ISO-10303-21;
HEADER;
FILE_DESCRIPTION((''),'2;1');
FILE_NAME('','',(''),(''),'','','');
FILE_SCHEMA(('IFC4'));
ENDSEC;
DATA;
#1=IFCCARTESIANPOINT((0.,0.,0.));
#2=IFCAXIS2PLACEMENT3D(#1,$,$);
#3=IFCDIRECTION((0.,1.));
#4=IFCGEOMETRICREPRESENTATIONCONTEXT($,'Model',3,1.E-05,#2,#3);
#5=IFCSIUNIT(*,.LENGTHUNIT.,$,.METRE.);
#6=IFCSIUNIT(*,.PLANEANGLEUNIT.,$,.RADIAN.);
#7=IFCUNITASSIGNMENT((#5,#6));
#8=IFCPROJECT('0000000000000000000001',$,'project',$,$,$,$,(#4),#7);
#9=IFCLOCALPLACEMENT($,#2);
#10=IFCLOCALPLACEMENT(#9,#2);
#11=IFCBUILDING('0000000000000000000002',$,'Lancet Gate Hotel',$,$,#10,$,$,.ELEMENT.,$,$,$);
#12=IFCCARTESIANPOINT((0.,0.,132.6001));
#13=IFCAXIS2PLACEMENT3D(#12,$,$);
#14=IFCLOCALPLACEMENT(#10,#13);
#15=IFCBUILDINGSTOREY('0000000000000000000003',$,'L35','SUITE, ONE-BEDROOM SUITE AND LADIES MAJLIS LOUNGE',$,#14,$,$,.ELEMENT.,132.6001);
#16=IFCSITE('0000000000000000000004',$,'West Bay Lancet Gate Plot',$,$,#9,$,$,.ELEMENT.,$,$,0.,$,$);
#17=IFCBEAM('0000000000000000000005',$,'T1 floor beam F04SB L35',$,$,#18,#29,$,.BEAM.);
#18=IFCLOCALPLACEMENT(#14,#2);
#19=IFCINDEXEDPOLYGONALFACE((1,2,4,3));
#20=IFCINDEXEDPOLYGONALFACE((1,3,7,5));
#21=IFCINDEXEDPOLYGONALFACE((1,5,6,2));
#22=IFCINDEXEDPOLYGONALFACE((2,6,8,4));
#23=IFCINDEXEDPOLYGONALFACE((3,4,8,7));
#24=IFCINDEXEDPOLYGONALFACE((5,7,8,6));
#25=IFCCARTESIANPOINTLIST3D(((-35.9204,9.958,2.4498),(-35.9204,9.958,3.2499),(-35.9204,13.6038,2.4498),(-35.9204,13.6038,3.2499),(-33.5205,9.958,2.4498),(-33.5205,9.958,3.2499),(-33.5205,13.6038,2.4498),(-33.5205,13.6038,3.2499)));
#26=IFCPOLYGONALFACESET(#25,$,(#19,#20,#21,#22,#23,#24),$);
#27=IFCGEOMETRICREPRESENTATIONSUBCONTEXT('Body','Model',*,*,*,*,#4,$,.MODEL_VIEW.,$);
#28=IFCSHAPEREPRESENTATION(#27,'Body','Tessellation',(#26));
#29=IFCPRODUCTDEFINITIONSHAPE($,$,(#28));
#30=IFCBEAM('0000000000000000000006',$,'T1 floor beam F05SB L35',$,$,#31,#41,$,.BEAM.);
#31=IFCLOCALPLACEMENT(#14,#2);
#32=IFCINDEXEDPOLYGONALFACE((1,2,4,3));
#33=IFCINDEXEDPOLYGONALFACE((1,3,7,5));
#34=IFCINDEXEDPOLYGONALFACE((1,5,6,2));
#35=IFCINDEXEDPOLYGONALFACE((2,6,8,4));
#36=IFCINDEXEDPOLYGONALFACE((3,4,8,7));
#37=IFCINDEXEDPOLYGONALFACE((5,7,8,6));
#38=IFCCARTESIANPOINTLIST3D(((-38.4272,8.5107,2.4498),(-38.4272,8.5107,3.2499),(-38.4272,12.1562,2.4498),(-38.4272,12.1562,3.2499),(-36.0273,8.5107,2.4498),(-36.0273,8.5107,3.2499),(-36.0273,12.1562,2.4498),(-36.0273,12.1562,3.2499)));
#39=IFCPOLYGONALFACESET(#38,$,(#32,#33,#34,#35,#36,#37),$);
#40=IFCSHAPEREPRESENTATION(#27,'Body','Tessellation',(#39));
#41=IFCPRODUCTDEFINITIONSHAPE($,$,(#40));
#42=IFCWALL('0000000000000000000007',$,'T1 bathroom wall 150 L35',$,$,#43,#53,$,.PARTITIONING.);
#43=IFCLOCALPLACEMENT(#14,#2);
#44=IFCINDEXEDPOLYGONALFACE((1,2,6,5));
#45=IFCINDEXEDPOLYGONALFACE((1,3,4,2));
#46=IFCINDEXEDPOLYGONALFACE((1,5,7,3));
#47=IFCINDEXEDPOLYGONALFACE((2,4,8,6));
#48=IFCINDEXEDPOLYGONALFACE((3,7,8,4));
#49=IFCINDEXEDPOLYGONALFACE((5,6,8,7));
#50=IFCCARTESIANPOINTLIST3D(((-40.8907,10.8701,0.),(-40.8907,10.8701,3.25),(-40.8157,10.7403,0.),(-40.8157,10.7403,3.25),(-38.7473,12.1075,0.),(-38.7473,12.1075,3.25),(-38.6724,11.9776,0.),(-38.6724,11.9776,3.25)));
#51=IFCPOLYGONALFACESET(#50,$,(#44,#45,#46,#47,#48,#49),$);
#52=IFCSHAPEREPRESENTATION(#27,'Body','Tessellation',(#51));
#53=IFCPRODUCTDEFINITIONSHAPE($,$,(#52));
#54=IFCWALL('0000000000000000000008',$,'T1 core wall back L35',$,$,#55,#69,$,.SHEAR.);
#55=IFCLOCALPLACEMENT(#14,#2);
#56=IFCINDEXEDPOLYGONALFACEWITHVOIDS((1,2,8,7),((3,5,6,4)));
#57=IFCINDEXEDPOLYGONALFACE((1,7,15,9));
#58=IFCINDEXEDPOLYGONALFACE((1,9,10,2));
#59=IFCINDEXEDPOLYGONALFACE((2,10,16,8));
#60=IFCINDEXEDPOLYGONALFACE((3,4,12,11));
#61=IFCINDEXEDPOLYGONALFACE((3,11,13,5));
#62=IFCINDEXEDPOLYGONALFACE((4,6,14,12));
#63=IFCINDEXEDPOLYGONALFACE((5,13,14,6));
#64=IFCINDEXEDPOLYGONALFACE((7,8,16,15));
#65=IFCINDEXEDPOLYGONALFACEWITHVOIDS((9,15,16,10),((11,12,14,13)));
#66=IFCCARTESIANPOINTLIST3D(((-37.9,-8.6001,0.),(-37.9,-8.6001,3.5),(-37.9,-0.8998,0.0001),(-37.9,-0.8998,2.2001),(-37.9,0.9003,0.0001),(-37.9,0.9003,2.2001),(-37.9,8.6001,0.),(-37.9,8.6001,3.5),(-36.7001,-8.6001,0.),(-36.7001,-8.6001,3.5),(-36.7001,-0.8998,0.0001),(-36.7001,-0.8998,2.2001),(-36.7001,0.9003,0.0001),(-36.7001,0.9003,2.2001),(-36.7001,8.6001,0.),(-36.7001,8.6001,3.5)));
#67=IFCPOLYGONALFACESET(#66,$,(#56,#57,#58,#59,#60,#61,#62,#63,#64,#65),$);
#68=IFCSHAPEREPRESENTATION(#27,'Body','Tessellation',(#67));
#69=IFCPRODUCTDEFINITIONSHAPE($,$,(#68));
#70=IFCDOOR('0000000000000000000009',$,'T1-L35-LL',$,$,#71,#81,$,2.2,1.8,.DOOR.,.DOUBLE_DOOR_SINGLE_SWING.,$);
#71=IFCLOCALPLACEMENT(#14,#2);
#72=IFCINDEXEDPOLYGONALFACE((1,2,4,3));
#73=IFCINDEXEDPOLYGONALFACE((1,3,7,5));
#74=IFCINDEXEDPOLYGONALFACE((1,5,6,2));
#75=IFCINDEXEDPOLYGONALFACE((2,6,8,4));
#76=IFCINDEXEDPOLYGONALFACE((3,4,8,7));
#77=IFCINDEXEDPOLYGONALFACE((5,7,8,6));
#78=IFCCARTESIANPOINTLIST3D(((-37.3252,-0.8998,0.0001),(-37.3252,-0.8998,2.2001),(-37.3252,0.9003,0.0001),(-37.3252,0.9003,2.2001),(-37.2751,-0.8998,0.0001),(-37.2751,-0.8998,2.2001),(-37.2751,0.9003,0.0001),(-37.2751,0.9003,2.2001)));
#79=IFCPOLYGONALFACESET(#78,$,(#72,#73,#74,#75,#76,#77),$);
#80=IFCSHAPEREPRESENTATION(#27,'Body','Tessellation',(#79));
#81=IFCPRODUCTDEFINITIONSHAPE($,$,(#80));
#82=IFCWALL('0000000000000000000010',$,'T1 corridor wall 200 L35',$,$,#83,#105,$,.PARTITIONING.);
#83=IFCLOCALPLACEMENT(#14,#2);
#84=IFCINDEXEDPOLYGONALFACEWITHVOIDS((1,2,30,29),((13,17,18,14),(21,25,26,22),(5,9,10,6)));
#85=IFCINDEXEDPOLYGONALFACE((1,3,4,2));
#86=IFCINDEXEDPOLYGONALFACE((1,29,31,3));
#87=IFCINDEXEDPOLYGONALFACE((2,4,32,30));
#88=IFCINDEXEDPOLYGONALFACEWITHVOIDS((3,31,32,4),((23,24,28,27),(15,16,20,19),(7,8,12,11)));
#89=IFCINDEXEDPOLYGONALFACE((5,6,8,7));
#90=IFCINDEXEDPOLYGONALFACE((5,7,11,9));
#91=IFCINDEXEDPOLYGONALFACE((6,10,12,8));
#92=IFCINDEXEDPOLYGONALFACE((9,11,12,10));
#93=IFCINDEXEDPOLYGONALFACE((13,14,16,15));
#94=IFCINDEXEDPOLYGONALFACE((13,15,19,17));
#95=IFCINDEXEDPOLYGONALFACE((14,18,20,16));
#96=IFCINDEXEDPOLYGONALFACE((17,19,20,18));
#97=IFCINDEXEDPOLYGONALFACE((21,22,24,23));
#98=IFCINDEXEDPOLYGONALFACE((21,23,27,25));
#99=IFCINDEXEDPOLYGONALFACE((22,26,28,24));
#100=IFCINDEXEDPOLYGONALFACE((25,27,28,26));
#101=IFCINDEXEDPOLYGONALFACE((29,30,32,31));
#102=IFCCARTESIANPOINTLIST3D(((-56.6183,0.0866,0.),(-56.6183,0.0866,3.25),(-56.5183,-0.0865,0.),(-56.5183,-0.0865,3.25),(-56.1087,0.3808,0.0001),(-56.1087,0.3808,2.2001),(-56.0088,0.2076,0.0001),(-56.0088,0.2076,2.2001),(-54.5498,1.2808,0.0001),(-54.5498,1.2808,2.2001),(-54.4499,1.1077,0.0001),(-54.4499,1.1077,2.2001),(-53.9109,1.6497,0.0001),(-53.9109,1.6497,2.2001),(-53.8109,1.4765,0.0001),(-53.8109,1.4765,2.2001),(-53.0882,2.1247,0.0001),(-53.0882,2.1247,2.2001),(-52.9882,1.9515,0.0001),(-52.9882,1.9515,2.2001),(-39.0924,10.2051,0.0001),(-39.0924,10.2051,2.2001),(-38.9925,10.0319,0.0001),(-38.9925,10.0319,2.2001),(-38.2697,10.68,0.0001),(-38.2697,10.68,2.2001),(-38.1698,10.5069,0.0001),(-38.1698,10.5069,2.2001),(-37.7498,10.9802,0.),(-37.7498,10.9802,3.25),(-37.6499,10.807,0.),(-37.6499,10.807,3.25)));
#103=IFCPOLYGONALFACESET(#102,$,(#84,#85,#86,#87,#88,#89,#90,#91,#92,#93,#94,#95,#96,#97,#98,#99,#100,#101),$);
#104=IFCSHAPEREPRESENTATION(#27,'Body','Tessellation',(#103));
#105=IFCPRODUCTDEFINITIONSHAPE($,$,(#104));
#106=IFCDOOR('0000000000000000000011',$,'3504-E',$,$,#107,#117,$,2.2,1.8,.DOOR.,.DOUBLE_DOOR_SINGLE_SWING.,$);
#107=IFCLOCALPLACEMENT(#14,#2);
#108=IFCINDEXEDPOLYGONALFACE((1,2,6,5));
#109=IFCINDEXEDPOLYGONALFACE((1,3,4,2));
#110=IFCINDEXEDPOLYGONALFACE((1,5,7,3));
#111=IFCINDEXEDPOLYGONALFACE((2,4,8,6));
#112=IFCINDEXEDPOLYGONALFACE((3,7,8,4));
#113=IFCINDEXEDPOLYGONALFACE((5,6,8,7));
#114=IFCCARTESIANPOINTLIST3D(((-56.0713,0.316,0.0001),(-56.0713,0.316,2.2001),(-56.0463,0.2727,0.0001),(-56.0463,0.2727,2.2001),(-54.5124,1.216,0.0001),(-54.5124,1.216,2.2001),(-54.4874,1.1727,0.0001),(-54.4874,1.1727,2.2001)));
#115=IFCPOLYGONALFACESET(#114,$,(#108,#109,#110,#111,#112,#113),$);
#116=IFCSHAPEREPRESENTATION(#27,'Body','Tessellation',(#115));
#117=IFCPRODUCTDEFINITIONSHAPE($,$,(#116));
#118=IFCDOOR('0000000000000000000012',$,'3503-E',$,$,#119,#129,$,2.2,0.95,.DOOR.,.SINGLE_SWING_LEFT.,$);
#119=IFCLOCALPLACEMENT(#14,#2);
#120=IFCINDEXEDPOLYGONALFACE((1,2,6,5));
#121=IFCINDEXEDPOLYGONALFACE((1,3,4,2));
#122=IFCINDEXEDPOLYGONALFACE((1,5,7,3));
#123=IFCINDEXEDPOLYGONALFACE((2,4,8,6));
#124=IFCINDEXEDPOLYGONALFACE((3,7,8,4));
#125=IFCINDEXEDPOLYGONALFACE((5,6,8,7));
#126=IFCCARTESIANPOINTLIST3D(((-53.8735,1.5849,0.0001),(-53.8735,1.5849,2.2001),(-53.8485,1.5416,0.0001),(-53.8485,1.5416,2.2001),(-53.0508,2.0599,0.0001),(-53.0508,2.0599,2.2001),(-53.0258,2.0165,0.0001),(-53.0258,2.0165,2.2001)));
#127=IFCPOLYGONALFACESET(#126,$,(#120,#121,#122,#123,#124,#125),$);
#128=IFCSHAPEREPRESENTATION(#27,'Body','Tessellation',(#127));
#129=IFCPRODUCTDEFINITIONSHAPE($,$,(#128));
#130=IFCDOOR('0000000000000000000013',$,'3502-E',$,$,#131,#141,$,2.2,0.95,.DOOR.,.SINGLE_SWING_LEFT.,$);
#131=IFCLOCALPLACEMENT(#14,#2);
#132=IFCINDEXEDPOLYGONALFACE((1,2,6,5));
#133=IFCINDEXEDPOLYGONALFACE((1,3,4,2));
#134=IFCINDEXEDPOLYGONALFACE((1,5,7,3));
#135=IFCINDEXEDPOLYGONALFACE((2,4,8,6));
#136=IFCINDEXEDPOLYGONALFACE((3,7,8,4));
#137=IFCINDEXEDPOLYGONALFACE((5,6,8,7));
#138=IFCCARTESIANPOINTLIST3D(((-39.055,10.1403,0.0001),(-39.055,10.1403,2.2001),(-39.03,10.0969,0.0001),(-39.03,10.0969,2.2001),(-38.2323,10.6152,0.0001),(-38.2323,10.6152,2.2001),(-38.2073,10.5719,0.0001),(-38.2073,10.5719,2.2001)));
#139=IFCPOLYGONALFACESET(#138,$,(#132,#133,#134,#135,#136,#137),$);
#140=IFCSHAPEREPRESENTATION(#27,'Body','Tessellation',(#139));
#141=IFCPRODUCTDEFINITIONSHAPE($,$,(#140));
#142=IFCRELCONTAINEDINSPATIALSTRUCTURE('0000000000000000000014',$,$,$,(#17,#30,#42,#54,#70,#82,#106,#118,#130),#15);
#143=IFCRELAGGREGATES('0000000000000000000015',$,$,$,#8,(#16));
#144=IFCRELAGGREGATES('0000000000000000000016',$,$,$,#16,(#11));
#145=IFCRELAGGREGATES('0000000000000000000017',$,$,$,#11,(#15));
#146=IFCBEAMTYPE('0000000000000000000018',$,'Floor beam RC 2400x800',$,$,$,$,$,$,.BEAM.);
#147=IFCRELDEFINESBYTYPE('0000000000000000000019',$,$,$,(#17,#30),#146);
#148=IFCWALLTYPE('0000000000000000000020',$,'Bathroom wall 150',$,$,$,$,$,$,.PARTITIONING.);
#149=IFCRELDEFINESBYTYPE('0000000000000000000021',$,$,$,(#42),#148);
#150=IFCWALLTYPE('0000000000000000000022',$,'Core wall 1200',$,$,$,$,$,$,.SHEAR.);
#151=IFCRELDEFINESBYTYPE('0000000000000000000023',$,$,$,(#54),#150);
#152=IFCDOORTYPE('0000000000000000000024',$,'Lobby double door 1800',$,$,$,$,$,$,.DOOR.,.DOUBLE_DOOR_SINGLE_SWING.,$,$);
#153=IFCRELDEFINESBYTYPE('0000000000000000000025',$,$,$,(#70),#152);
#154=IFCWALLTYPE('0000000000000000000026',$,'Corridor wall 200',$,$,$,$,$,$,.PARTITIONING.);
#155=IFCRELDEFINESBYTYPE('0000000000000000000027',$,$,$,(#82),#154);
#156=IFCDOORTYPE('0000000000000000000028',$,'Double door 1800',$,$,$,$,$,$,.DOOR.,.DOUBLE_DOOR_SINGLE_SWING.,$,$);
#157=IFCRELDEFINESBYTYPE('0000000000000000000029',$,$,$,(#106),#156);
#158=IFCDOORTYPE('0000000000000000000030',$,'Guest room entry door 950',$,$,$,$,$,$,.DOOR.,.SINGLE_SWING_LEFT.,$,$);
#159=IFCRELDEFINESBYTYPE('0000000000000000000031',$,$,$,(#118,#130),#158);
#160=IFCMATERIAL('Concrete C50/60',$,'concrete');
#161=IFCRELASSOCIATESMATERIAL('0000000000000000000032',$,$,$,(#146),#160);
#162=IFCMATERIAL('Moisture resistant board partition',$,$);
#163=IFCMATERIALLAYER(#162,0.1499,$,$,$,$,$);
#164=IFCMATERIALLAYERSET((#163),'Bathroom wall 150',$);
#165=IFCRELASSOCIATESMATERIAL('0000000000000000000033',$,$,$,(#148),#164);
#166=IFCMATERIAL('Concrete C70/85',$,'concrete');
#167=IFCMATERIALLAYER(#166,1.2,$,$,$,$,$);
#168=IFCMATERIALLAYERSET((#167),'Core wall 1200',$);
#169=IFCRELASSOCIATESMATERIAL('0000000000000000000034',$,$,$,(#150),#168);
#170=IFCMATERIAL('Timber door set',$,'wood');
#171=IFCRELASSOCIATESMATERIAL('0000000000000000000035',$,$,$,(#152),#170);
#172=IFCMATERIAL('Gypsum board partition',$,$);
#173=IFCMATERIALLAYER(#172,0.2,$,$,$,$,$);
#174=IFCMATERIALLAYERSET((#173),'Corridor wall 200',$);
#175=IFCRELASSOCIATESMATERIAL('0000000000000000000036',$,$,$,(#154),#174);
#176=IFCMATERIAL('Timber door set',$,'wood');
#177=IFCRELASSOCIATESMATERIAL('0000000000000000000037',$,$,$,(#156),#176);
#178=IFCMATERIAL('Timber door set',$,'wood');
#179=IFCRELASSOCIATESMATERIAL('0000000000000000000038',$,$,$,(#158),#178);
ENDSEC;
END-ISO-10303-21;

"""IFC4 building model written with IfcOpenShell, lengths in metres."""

from ifc_helpers import new_model, si_unit, direction, frame, frame_2d, origin, origin_2d, place, context, subcontext, project, spatial, rectangle, extrude, material, layer, layer_set, material_profile, profile_set, type_object, element, fill, save


model = new_model("IFC4")

# Units and contexts
model_context = context("Model", 3, precision=1e-05, world=origin(), true_north=direction((0.0, 1.0)))
body_context = subcontext(model_context, "Body", "Model", "MODEL_VIEW")
ifc_project = project(units=[si_unit("LENGTHUNIT", "METRE"), si_unit("PLANEANGLEUNIT", "RADIAN")], contexts=[model_context])

# Site, building, storey
site_placement = place(None, origin())
site = spatial("IfcSite", under=ifc_project, at=site_placement, Name="West Bay Lancet Gate Plot", CompositionType="ELEMENT", RefElevation=0.0)
building_placement = place(site_placement, origin())
building = spatial("IfcBuilding", under=site, at=building_placement, Name="Lancet Gate Hotel", CompositionType="ELEMENT")
storey_placement = place(building_placement, frame((0.0, 0.0, 132.6001)))
storey = spatial("IfcBuildingStorey", under=building, at=storey_placement, Name="L35", Description="SUITE, ONE-BEDROOM SUITE AND LADIES MAJLIS LOUNGE", CompositionType="ELEMENT", Elevation=132.6001)

# Beams
ifc_material_1 = material(Name="Concrete C50/60", Category="concrete")
ifc_material_profile = material_profile(ifc_material_1, rectangle(XDim=2.3999, YDim=0.8, at=origin_2d()), Name="RC 2400x800")
ifc_profile_set = profile_set([ifc_material_profile], Name="Concrete C50/60")
beam_type = type_object("IfcBeamType", Name="Floor beam RC 2400x800", PredefinedType="BEAM", material=ifc_profile_set)
beam_1_placement = place(storey_placement, frame((-34.7205, 13.6038, 2.8499), z_axis=(0.0, -1.0, 0.0), x_axis=(1.0, 0.0, 0.0)))
element("IfcBeam", 1, at=beam_1_placement, inside=storey, type_object=beam_type, Name="T1 floor beam F04SB L35", PredefinedType="BEAM", context=body_context, shape_type="SweptSolid", body=[
    extrude(rectangle(XDim=2.3999, YDim=0.8, at=origin_2d()), origin(), (0.0, 0.0, 1.0), 3.6458),
])
beam_2_placement = place(storey_placement, frame((-37.2273, 12.1562, 2.8499), z_axis=(0.0, -1.0, 0.0), x_axis=(1.0, 0.0, 0.0)))
element("IfcBeam", 2, at=beam_2_placement, inside=storey, type_object=beam_type, Name="T1 floor beam F05SB L35", PredefinedType="BEAM", context=body_context, shape_type="SweptSolid", body=[
    extrude(rectangle(XDim=2.3999, YDim=0.8, at=origin_2d()), origin(), (0.0, 0.0, 1.0), 3.6455),
])

# Wall
ifc_material_2 = material(Name="Moisture resistant board partition")
ifc_layer_1 = layer(ifc_material_2, 0.1499)
ifc_layer_set_1 = layer_set([ifc_layer_1], Name="Bathroom wall 150")
wall_type_1 = type_object("IfcWallType", Name="Bathroom wall 150", PredefinedType="PARTITIONING", material=ifc_layer_set_1)
wall_1_placement = place(storey_placement, frame((-38.71, 12.0425, 0.0), z_axis=(0.0, 0.0, 1.0), x_axis=(-0.866049, -0.499959, 0.0)))
element("IfcWall", 3, at=wall_1_placement, inside=storey, type_object=wall_type_1, Name="T1 bathroom wall 150 L35", PredefinedType="PARTITIONING", context=body_context, shape_type="SweptSolid", body=[
    extrude(rectangle(XDim=2.4749, YDim=0.1499, at=frame_2d((1.2373, 0.0))), origin(), (0.0, 0.0, 1.0), 3.25),
])

# Wall, opening, door
ifc_material_3 = material(Name="Concrete C70/85", Category="concrete")
ifc_layer_2 = layer(ifc_material_3, 1.2)
ifc_layer_set_2 = layer_set([ifc_layer_2], Name="Core wall 1200")
wall_type_2 = type_object("IfcWallType", Name="Core wall 1200", PredefinedType="SHEAR", material=ifc_layer_set_2)
wall_2_placement = place(storey_placement, frame((-37.3, 8.6001, 0.0), z_axis=(0.0, 0.0, 1.0), x_axis=(0.0, -1.0, 0.0)))
wall_2 = element("IfcWall", 4, at=wall_2_placement, inside=storey, type_object=wall_type_2, Name="T1 core wall back L35", PredefinedType="SHEAR", context=body_context, shape_type="SweptSolid", body=[
    extrude(rectangle(XDim=17.2002, YDim=1.2, at=frame_2d((8.6001, 0.0))), origin(), (0.0, 0.0, 1.0), 3.5),
])
opening_1_placement = place(wall_2_placement, frame((7.7, 0.0, 0.0)))
opening_1 = element("IfcOpeningElement", 5, at=opening_1_placement, cuts=wall_2, PredefinedType="OPENING", context=body_context, shape_type="SweptSolid", body=[
    extrude(rectangle(XDim=1.8, YDim=2.2, at=frame_2d((0.8999, 1.1001))), frame((0.0, 0.6099, 0.0), z_axis=(0.0, -1.0, 0.0), x_axis=(1.0, 0.0, 0.0)), (0.0, 0.0, 1.0), 1.22),
])
ifc_material_4 = material(Name="Timber door set", Category="wood")
door_type_1 = type_object("IfcDoorType", Name="Lobby double door 1800", OperationType="DOUBLE_DOOR_SINGLE_SWING", PredefinedType="DOOR", material=ifc_material_4)
door_1_placement = place(opening_1_placement, origin())
door_1 = element("IfcDoor", 6, at=door_1_placement, inside=storey, type_object=door_type_1, Name="T1-L35-LL", OperationType="DOUBLE_DOOR_SINGLE_SWING", OverallHeight=2.2, OverallWidth=1.8, PredefinedType="DOOR", context=body_context, shape_type="SweptSolid", body=[
    extrude(rectangle(XDim=1.8, YDim=2.2, at=frame_2d((0.8999, 1.1001))), frame((0.0, 0.0249, 0.0), z_axis=(0.0, -1.0, 0.0), x_axis=(1.0, 0.0, 0.0)), (0.0, 0.0, 1.0), 0.05),
])
fill(opening_1, door_1)

# Wall, openings, doors
ifc_material_5 = material(Name="Gypsum board partition")
ifc_layer_3 = layer(ifc_material_5, 0.2)
ifc_layer_set_3 = layer_set([ifc_layer_3], Name="Corridor wall 200")
wall_type_3 = type_object("IfcWallType", Name="Corridor wall 200", PredefinedType="PARTITIONING", material=ifc_layer_set_3)
wall_3_placement = place(storey_placement, frame((-37.7, 10.8936, 0.0), z_axis=(0.0, 0.0, 1.0), x_axis=(-0.866028, -0.499996, 0.0)))
wall_3 = element("IfcWall", 7, at=wall_3_placement, inside=storey, type_object=wall_type_3, Name="T1 corridor wall 200 L35", PredefinedType="PARTITIONING", context=body_context, shape_type="SweptSolid", body=[
    extrude(rectangle(XDim=21.7874, YDim=0.2, at=frame_2d((10.8936, 0.0))), origin(), (0.0, 0.0, 1.0), 3.25),
])
opening_2_placement = place(wall_3_placement, frame((17.7109, 0.0, 0.0)))
opening_2 = element("IfcOpeningElement", 8, at=opening_2_placement, cuts=wall_3, PredefinedType="OPENING", context=body_context, shape_type="SweptSolid", body=[
    extrude(rectangle(XDim=0.95, YDim=2.2, at=frame_2d((0.4751, 1.1001))), frame((0.0, 0.1099, 0.0), z_axis=(0.0, -1.0, 0.0), x_axis=(1.0, 0.0, 0.0)), (0.0, 0.0, 1.0), 0.22),
])
opening_3_placement = place(wall_3_placement, frame((19.3989, 0.0, 0.0)))
opening_3 = element("IfcOpeningElement", 9, at=opening_3_placement, cuts=wall_3, PredefinedType="OPENING", context=body_context, shape_type="SweptSolid", body=[
    extrude(rectangle(XDim=1.8, YDim=2.2, at=frame_2d((0.8999, 1.1001))), frame((0.0, 0.1099, 0.0), z_axis=(0.0, -1.0, 0.0), x_axis=(1.0, 0.0, 0.0)), (0.0, 0.0, 1.0), 0.22),
])
opening_4_placement = place(wall_3_placement, frame((0.6001, 0.0, 0.0)))
opening_4 = element("IfcOpeningElement", 10, at=opening_4_placement, cuts=wall_3, PredefinedType="OPENING", context=body_context, shape_type="SweptSolid", body=[
    extrude(rectangle(XDim=0.95, YDim=2.2, at=frame_2d((0.4751, 1.1001))), frame((0.0, 0.1099, 0.0), z_axis=(0.0, -1.0, 0.0), x_axis=(1.0, 0.0, 0.0)), (0.0, 0.0, 1.0), 0.22),
])
ifc_material_6 = material(Name="Timber door set", Category="wood")
door_type_2 = type_object("IfcDoorType", Name="Double door 1800", OperationType="DOUBLE_DOOR_SINGLE_SWING", PredefinedType="DOOR", material=ifc_material_6)
door_2_placement = place(opening_3_placement, origin())
door_2 = element("IfcDoor", 11, at=door_2_placement, inside=storey, type_object=door_type_2, Name="3504-E", OperationType="DOUBLE_DOOR_SINGLE_SWING", OverallHeight=2.2, OverallWidth=1.8, PredefinedType="DOOR", context=body_context, shape_type="SweptSolid", body=[
    extrude(rectangle(XDim=1.8, YDim=2.2, at=frame_2d((0.8999, 1.1001))), frame((0.0, 0.0249, 0.0), z_axis=(0.0, -1.0, 0.0), x_axis=(1.0, 0.0, 0.0)), (0.0, 0.0, 1.0), 0.05),
])
fill(opening_3, door_2)
ifc_material_7 = material(Name="Timber door set", Category="wood")
door_type_3 = type_object("IfcDoorType", Name="Guest room entry door 950", OperationType="SINGLE_SWING_LEFT", PredefinedType="DOOR", material=ifc_material_7)
door_3_placement = place(opening_2_placement, origin())
door_3 = element("IfcDoor", 12, at=door_3_placement, inside=storey, type_object=door_type_3, Name="3503-E", OperationType="SINGLE_SWING_LEFT", OverallHeight=2.2, OverallWidth=0.95, PredefinedType="DOOR", context=body_context, shape_type="SweptSolid", body=[
    extrude(rectangle(XDim=0.95, YDim=2.2, at=frame_2d((0.4751, 1.1001))), frame((0.0, 0.0249, 0.0), z_axis=(0.0, -1.0, 0.0), x_axis=(1.0, 0.0, 0.0)), (0.0, 0.0, 1.0), 0.05),
])
fill(opening_2, door_3)
door_4_placement = place(opening_4_placement, origin())
door_4 = element("IfcDoor", 13, at=door_4_placement, inside=storey, type_object=door_type_3, Name="3502-E", OperationType="SINGLE_SWING_LEFT", OverallHeight=2.2, OverallWidth=0.95, PredefinedType="DOOR", context=body_context, shape_type="SweptSolid", body=[
    extrude(rectangle(XDim=0.95, YDim=2.2, at=frame_2d((0.4751, 1.1001))), frame((0.0, 0.0249, 0.0), z_axis=(0.0, -1.0, 0.0), x_axis=(1.0, 0.0, 0.0)), (0.0, 0.0, 1.0), 0.05),
])
fill(opening_4, door_4)

save(model, "model.ifc")
